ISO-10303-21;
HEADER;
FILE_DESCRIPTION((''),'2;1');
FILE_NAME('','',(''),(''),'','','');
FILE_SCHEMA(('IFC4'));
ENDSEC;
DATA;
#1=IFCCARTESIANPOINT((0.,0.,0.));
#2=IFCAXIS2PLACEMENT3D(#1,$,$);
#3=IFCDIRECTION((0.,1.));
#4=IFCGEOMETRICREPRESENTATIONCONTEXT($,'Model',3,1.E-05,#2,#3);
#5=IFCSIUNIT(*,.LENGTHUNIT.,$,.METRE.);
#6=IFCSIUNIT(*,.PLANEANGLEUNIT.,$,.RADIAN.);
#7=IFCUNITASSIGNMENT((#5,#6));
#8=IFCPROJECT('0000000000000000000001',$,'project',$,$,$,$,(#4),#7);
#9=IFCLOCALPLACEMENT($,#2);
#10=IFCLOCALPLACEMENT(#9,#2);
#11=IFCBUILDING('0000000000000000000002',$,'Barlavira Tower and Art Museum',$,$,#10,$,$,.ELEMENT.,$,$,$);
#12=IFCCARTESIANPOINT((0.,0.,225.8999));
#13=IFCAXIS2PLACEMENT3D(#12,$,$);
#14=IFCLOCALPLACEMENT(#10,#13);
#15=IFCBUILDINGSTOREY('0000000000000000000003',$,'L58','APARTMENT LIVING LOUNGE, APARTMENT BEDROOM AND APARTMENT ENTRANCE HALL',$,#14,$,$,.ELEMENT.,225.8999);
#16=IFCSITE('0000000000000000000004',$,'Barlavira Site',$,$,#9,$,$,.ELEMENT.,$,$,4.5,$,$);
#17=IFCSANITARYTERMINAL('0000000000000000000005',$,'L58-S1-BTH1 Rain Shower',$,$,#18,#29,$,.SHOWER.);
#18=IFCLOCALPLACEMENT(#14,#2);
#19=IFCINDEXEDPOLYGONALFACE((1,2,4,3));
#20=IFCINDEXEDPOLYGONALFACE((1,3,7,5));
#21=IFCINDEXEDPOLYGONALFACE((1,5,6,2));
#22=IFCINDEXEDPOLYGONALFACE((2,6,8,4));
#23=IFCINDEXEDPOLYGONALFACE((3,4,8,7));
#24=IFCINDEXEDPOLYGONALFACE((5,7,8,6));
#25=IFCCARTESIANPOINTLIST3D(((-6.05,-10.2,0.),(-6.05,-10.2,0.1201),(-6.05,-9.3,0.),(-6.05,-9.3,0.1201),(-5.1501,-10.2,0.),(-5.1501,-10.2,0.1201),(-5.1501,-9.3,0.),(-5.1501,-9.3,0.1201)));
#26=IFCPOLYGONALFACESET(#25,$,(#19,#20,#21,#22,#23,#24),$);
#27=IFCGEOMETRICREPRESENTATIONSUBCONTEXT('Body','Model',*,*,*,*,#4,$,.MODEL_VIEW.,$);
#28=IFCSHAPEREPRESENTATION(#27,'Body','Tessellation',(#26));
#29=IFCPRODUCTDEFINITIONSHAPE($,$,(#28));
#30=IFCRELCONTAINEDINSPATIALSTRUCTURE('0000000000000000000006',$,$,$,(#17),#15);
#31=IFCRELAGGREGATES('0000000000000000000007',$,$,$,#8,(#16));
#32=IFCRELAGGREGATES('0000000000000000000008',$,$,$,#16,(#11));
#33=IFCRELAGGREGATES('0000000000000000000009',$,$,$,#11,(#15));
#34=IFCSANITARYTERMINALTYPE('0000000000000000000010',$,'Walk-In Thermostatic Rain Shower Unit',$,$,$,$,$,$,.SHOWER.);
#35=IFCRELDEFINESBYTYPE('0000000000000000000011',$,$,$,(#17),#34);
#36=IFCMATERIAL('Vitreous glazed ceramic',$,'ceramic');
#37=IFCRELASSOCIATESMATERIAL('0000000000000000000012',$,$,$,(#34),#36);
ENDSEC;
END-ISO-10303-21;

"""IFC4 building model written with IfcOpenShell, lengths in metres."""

from ifc_helpers import new_model, si_unit, direction, frame, origin, origin_2d, place, context, subcontext, project, spatial, rectangle, extrude, material, type_object, element, save


model = new_model("IFC4")

# Units and contexts
model_context = context("Model", 3, precision=1e-05, world=origin(), true_north=direction((0.0, 1.0)))
body_context = subcontext(model_context, "Body", "Model", "MODEL_VIEW")
ifc_project = project(units=[si_unit("LENGTHUNIT", "METRE"), si_unit("PLANEANGLEUNIT", "RADIAN")], contexts=[model_context])

# Site, building, storey
site_placement = place(None, origin())
site = spatial("IfcSite", under=ifc_project, at=site_placement, Name="Barlavira Site", CompositionType="ELEMENT", RefElevation=4.5)
building_placement = place(site_placement, origin())
building = spatial("IfcBuilding", under=site, at=building_placement, Name="Barlavira Tower and Art Museum", CompositionType="ELEMENT")
storey_placement = place(building_placement, frame((0.0, 0.0, 225.8999)))
storey = spatial("IfcBuildingStorey", under=building, at=storey_placement, Name="L58", Description="APARTMENT LIVING LOUNGE, APARTMENT BEDROOM AND APARTMENT ENTRANCE HALL", CompositionType="ELEMENT", Elevation=225.8999)

# Sanitary terminal
ifc_material_1 = material(Name="Vitreous glazed ceramic", Category="ceramic")
sanitary_terminal_type_1 = type_object("IfcSanitaryTerminalType", Name="Walk-In Thermostatic Rain Shower Unit", PredefinedType="SHOWER", material=ifc_material_1)
sanitary_terminal_1_placement = place(storey_placement, frame((-5.6001, -9.75, 0.0), z_axis=(0.0, 0.0, 1.0), x_axis=(1.0, 0.0, 0.0)))
element("IfcSanitaryTerminal", 1, at=sanitary_terminal_1_placement, inside=storey, type_object=sanitary_terminal_type_1, Name="L58-S1-BTH1 Rain Shower", PredefinedType="SHOWER", context=body_context, shape_type="SweptSolid", body=[
    extrude(rectangle(XDim=0.8999, YDim=0.8999, at=origin_2d()), origin(), (0.0, 0.0, 1.0), 0.1201),
])

save(model, "model.ifc")
